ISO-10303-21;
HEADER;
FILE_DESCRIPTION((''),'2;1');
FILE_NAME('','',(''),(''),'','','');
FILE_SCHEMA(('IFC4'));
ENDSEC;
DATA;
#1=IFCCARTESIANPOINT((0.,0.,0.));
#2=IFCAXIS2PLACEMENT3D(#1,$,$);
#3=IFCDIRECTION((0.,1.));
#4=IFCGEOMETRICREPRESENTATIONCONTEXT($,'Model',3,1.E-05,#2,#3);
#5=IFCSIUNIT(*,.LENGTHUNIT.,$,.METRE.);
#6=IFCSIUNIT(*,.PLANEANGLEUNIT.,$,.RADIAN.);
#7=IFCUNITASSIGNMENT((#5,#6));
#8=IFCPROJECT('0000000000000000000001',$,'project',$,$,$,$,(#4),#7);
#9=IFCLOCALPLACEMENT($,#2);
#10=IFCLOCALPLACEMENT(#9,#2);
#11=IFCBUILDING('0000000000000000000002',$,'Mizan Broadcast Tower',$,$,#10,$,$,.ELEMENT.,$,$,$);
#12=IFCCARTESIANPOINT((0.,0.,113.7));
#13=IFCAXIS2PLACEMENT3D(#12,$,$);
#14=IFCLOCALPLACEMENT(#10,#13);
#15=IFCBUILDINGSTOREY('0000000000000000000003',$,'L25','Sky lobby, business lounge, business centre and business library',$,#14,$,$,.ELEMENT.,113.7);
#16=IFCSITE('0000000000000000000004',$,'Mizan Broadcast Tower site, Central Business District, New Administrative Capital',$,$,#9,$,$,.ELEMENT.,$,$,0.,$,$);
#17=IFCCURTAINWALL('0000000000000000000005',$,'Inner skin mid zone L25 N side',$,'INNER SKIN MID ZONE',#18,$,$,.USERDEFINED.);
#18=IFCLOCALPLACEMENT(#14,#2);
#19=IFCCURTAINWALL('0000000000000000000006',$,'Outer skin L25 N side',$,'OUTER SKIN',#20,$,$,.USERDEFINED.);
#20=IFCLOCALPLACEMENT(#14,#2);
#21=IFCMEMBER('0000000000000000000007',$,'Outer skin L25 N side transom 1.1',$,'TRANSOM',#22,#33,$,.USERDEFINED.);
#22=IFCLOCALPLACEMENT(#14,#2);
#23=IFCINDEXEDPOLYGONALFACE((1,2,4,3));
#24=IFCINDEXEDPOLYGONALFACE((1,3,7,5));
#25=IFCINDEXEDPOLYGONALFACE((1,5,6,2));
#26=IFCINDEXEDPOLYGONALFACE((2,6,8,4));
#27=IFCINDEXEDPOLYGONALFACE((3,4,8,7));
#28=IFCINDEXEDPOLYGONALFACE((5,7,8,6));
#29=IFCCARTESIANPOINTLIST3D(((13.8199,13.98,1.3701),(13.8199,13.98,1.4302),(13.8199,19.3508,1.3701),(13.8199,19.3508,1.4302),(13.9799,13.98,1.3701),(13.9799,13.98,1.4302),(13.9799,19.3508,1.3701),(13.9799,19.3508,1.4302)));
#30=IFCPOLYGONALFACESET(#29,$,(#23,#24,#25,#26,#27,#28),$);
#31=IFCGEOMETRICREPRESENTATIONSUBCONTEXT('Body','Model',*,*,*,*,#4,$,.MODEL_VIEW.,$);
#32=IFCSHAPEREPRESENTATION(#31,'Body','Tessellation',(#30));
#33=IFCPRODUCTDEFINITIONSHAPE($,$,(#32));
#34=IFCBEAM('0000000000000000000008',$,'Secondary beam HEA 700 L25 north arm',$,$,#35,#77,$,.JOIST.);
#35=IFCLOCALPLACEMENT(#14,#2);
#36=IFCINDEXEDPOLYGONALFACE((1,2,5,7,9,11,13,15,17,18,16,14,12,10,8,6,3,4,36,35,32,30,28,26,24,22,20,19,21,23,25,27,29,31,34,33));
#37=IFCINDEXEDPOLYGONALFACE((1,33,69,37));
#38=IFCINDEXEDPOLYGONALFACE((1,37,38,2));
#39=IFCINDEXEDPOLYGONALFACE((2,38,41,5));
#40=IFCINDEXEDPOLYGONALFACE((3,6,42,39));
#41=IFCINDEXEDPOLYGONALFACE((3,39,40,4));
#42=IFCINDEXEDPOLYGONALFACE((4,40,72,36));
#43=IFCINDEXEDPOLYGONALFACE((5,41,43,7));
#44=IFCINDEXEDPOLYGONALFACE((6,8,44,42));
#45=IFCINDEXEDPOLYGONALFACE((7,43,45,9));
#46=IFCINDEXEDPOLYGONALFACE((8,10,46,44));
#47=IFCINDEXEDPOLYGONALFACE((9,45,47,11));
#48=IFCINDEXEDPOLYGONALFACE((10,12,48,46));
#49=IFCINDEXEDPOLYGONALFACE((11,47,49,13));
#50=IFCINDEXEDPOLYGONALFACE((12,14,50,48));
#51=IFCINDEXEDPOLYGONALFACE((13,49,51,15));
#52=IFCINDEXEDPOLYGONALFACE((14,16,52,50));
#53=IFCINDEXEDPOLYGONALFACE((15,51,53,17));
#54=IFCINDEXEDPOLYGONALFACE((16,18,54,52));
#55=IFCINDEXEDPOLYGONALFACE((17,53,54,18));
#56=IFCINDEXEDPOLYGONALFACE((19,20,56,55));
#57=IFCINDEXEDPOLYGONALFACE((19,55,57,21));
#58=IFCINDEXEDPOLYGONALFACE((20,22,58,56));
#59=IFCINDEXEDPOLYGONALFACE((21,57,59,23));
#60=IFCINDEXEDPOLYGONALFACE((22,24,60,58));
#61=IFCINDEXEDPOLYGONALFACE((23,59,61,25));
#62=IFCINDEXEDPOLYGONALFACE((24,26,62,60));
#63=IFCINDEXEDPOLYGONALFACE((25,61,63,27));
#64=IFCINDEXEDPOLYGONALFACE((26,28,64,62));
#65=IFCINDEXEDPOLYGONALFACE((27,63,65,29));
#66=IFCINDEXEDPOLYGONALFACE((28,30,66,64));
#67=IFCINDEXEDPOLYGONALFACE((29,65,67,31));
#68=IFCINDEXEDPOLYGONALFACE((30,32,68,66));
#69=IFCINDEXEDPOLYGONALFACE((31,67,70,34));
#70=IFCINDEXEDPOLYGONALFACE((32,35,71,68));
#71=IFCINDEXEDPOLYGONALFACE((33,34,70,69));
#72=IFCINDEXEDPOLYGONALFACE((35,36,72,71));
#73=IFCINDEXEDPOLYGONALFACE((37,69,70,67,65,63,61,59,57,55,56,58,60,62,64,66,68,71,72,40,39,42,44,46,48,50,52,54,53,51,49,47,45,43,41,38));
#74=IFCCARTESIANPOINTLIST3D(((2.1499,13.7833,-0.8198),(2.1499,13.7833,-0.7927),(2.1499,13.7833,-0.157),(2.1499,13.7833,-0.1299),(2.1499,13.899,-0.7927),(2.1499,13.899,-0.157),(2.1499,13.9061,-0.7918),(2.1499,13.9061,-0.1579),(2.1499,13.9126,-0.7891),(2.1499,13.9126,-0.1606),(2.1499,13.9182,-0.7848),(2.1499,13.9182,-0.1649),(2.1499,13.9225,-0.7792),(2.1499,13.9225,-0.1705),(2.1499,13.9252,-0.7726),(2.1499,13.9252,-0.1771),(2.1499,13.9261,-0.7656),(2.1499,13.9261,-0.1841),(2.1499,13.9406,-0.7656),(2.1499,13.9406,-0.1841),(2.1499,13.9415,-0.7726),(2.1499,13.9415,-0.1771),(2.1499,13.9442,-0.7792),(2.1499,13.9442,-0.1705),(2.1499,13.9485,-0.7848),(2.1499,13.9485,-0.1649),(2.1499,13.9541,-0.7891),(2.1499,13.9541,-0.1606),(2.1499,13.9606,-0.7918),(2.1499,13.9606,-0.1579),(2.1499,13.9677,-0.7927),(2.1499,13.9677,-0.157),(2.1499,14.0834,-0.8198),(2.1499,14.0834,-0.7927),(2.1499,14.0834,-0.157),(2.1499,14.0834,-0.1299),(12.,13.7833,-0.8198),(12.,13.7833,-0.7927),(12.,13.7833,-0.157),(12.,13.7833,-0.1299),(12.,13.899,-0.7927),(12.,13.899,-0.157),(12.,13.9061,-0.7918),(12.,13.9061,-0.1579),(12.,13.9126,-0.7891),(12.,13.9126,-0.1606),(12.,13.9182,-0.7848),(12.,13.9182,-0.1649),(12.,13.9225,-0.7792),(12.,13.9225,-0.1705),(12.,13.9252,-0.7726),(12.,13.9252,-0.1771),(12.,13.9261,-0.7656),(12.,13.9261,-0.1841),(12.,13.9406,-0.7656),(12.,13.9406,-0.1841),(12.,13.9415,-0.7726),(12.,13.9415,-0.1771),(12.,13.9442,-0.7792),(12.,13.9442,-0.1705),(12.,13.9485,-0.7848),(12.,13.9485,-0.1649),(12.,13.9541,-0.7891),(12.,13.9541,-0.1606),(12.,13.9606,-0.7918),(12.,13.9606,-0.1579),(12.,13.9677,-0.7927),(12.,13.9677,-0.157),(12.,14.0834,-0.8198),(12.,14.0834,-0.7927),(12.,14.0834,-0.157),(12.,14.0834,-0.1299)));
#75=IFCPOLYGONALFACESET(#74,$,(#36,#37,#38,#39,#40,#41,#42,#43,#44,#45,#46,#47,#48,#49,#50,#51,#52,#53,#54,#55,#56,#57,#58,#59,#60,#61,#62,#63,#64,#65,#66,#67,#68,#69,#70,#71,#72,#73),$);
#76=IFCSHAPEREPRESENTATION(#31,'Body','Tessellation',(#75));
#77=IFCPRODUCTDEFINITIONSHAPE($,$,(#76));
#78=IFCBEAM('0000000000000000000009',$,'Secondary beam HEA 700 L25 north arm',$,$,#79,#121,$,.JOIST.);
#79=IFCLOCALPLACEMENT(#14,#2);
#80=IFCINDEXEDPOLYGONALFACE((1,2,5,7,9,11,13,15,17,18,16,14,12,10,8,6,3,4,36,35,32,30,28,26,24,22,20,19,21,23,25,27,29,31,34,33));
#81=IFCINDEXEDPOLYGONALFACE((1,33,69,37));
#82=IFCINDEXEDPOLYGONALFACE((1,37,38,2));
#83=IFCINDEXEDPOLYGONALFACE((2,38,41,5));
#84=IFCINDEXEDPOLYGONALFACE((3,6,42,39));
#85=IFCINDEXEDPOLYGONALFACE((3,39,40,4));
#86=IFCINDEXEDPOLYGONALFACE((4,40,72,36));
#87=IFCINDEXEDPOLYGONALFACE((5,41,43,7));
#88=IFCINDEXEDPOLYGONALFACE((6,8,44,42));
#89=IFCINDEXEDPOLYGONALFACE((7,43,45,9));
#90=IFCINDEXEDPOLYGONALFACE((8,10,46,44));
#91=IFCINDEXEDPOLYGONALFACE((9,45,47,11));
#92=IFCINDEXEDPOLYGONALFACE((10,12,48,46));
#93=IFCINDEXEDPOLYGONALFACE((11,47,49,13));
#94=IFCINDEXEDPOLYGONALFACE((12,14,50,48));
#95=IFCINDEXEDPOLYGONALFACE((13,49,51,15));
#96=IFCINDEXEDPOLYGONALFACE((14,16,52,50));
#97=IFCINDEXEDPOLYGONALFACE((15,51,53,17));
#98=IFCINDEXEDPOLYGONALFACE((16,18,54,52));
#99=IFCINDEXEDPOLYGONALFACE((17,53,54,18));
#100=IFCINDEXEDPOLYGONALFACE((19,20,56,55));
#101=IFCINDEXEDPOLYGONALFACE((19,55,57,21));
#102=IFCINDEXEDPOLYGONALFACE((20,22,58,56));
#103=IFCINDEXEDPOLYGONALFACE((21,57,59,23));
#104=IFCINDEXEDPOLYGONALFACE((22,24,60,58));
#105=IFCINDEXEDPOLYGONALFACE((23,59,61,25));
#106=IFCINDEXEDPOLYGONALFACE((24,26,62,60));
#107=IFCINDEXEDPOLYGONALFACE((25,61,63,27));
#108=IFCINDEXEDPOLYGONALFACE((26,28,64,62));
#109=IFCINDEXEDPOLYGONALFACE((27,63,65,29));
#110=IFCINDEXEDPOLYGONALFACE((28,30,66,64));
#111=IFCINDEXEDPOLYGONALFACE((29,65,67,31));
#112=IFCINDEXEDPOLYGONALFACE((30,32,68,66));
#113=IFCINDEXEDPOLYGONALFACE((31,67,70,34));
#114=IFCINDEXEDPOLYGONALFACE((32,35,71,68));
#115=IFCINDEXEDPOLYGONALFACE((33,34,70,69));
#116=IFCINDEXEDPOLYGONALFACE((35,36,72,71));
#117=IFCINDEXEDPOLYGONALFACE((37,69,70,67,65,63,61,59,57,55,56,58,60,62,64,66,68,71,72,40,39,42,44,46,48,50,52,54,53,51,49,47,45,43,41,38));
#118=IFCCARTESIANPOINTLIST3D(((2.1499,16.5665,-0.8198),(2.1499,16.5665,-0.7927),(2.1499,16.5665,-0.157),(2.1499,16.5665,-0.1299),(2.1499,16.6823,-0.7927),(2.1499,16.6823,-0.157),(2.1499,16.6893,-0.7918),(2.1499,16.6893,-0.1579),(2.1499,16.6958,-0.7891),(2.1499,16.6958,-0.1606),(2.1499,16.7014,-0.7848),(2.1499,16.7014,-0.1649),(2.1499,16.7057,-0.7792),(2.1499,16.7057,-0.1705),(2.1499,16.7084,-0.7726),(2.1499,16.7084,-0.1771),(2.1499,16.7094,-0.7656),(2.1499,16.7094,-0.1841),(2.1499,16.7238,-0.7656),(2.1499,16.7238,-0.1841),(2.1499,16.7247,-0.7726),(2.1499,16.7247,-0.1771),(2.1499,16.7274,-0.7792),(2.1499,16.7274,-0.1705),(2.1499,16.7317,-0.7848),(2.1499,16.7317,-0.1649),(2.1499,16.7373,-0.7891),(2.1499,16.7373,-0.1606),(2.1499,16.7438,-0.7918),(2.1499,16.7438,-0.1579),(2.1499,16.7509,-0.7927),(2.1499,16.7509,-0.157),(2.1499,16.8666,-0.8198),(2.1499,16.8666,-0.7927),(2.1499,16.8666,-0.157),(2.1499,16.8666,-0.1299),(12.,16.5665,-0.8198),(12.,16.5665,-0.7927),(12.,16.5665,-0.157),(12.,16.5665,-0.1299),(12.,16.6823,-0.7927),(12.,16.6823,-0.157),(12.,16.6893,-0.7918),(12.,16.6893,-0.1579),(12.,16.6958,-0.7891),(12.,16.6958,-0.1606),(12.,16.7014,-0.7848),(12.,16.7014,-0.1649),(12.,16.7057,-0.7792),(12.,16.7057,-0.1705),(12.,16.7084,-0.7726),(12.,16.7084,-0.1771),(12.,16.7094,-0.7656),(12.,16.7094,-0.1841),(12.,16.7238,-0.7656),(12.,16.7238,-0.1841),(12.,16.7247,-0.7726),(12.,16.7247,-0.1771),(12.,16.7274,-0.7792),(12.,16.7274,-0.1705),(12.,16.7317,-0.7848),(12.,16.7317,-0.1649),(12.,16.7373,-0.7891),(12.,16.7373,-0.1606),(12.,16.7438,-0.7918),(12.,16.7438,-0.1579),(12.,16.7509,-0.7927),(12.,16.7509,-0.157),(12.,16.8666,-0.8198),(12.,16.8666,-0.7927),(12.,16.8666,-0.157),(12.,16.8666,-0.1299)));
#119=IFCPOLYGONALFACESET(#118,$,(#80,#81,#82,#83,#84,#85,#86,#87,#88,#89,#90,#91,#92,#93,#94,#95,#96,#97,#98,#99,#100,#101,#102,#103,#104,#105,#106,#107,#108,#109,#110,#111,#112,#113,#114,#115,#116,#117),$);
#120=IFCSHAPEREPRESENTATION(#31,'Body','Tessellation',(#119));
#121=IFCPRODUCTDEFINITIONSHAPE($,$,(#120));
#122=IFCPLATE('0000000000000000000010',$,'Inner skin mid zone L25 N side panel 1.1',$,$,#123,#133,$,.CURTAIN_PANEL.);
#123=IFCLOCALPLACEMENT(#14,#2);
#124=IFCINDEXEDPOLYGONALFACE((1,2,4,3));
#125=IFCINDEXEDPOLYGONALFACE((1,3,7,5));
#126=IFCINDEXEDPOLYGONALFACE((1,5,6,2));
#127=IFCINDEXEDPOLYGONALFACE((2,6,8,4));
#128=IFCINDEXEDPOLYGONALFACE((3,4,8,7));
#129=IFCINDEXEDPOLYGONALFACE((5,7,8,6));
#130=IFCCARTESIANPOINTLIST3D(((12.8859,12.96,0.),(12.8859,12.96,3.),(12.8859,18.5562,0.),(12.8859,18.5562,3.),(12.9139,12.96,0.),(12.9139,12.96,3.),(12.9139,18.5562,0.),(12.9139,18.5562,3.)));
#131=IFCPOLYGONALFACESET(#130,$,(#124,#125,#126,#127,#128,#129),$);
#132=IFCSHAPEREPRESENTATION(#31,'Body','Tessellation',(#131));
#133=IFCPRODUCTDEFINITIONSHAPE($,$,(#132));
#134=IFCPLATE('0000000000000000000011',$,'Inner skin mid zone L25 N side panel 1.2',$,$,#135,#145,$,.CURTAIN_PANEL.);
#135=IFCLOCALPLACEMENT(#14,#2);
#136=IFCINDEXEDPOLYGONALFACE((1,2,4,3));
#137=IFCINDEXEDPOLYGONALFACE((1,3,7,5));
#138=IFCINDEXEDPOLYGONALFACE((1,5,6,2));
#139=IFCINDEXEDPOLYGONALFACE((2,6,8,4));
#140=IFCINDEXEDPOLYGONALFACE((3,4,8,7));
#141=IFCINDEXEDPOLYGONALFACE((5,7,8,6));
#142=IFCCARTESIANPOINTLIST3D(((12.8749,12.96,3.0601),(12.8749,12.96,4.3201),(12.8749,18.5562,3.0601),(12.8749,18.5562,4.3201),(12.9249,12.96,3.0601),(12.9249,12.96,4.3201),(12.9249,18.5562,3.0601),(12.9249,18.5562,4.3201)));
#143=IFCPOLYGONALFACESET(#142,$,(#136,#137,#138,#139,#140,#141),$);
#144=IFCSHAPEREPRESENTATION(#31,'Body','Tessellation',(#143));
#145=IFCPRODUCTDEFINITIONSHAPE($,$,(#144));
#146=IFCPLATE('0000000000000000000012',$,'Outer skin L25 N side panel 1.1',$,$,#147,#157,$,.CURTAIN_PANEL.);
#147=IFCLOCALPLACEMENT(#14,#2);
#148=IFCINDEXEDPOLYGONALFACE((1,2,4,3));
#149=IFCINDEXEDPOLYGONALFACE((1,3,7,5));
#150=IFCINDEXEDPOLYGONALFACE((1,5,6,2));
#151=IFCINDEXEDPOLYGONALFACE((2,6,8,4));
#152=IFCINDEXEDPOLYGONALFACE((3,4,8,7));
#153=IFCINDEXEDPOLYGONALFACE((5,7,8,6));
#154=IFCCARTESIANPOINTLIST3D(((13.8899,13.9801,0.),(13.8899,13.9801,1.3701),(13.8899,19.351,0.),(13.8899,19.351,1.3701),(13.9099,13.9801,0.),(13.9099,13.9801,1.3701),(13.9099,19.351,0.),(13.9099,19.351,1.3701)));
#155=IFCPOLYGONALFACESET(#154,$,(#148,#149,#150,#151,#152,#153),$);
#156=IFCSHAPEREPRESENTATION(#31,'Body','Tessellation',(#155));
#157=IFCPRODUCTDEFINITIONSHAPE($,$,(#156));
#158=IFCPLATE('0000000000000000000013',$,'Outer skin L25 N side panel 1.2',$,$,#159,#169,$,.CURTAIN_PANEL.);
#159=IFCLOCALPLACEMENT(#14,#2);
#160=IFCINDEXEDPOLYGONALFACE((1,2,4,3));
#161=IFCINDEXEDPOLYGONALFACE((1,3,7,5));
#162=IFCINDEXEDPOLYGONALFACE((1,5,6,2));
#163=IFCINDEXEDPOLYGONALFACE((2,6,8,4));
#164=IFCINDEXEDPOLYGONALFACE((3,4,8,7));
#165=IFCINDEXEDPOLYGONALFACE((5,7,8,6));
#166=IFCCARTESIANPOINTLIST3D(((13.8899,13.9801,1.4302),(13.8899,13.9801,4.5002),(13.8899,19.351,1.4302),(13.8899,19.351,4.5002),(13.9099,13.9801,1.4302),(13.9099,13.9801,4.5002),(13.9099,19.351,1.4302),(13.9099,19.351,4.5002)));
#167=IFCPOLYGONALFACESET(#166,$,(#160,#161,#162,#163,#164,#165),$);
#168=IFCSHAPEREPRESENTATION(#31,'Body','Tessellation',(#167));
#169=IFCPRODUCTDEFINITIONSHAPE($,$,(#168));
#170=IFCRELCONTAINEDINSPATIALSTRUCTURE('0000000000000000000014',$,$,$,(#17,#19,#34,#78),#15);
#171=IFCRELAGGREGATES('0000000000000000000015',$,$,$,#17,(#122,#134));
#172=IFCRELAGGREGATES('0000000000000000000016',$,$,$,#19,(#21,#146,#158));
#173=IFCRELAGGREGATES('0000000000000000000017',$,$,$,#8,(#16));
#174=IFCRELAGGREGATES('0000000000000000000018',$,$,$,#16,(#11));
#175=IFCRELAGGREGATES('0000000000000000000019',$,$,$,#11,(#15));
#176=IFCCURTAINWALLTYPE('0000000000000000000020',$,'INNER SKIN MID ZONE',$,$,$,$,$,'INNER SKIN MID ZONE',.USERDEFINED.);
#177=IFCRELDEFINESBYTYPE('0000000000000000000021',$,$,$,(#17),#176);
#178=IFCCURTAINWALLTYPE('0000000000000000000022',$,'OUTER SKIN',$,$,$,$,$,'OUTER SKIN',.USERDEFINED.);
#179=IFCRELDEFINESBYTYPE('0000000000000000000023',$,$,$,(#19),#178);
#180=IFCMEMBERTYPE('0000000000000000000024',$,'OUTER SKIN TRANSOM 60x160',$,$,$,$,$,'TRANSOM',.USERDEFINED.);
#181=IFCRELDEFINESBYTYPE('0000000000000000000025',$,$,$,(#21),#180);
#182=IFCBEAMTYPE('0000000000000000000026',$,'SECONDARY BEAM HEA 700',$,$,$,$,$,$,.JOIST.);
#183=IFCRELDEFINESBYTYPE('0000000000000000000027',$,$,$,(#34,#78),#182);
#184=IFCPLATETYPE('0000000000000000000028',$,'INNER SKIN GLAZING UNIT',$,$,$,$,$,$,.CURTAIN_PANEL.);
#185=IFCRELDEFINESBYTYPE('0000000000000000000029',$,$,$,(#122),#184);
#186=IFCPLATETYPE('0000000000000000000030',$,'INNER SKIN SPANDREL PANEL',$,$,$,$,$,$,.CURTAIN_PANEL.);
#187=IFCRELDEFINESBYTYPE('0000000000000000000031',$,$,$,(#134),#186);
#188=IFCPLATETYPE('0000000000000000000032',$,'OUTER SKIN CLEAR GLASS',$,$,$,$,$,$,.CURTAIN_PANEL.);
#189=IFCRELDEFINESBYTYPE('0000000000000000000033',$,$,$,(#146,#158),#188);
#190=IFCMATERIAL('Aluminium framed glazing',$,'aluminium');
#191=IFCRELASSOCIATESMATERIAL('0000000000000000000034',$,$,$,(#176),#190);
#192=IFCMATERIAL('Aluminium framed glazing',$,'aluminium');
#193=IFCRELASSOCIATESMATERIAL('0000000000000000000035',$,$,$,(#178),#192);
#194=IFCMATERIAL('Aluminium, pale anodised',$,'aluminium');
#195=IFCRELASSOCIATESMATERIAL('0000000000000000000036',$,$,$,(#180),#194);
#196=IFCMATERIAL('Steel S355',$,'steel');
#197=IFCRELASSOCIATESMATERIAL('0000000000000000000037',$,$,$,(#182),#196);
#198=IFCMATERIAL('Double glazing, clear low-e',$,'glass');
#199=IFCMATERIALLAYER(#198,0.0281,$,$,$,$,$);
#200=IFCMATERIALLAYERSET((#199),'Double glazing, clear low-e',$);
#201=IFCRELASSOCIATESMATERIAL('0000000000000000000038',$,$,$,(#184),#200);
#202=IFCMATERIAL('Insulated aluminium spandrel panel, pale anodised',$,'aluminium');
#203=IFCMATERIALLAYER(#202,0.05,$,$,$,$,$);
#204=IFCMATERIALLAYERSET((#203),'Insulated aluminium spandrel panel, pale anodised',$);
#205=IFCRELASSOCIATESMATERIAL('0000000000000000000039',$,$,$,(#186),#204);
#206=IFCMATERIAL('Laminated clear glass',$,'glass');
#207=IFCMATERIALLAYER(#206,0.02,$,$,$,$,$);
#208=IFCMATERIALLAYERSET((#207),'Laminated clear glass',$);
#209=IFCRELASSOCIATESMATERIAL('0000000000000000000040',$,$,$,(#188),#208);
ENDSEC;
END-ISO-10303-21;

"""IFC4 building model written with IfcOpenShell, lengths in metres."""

from ifc_helpers import new_model, si_unit, direction, frame, origin, origin_2d, place, context, subcontext, project, spatial, rectangle, i_section, extrude, material, layer, layer_set, material_profile, profile_set, type_object, element, aggregate, save


model = new_model("IFC4")

# Units and contexts
model_context = context("Model", 3, precision=1e-05, world=origin(), true_north=direction((0.0, 1.0)))
body_context = subcontext(model_context, "Body", "Model", "MODEL_VIEW")
ifc_project = project(units=[si_unit("LENGTHUNIT", "METRE"), si_unit("PLANEANGLEUNIT", "RADIAN")], contexts=[model_context])

# Site, building, storey
site_placement = place(None, origin())
site = spatial("IfcSite", under=ifc_project, at=site_placement, Name="Mizan Broadcast Tower site, Central Business District, New Administrative Capital", CompositionType="ELEMENT", RefElevation=0.0)
building_placement = place(site_placement, origin())
building = spatial("IfcBuilding", under=site, at=building_placement, Name="Mizan Broadcast Tower", CompositionType="ELEMENT")
storey_placement = place(building_placement, frame((0.0, 0.0, 113.7)))
storey = spatial("IfcBuildingStorey", under=building, at=storey_placement, Name="L25", Description="Sky lobby, business lounge, business centre and business library", CompositionType="ELEMENT", Elevation=113.7)

# Shared definitions
ifc_material_1 = material(Name="Aluminium framed glazing", Category="aluminium")
curtain_wall_type_1 = type_object("IfcCurtainWallType", Name="INNER SKIN MID ZONE", ElementType="INNER SKIN MID ZONE", PredefinedType="USERDEFINED", material=ifc_material_1)

# Curtain walls, member
curtain_wall_1_placement = place(storey_placement, origin())
curtain_wall_1 = element("IfcCurtainWall", 1, at=curtain_wall_1_placement, inside=storey, type_object=curtain_wall_type_1, Name="Inner skin mid zone L25 N side", ObjectType="INNER SKIN MID ZONE", PredefinedType="USERDEFINED")
ifc_material_2 = material(Name="Aluminium framed glazing", Category="aluminium")
curtain_wall_type_2 = type_object("IfcCurtainWallType", Name="OUTER SKIN", ElementType="OUTER SKIN", PredefinedType="USERDEFINED", material=ifc_material_2)
curtain_wall_2_placement = place(storey_placement, origin())
curtain_wall_2 = element("IfcCurtainWall", 2, at=curtain_wall_2_placement, inside=storey, type_object=curtain_wall_type_2, Name="Outer skin L25 N side", ObjectType="OUTER SKIN", PredefinedType="USERDEFINED")
ifc_material_3 = material(Name="Aluminium, pale anodised", Category="aluminium")
ifc_material_profile_1 = material_profile(ifc_material_3, rectangle(XDim=0.1599, YDim=0.0601, at=origin_2d()), Name="TRANSOM 160x60")
ifc_profile_set_1 = profile_set([ifc_material_profile_1], Name="Aluminium, pale anodised")
member_type_1 = type_object("IfcMemberType", Name="OUTER SKIN TRANSOM 60x160", ElementType="TRANSOM", PredefinedType="USERDEFINED", material=ifc_profile_set_1)
member_1_placement = place(storey_placement, frame((13.8999, 13.98, 1.4001), z_axis=(0.0, 1.0, 0.0), x_axis=(-1.0, 0.0, 0.0)))
member_1 = element("IfcMember", 3, at=member_1_placement, type_object=member_type_1, Name="Outer skin L25 N side transom 1.1", ObjectType="TRANSOM", PredefinedType="USERDEFINED", context=body_context, shape_type="SweptSolid", body=[
    extrude(rectangle(XDim=0.1599, YDim=0.0601, at=origin_2d()), origin(), (0.0, 0.0, 1.0), 5.3708),
])

# Beams
ifc_material_4 = material(Name="Steel S355", Category="steel")
ifc_material_profile_2 = material_profile(ifc_material_4, i_section(OverallWidth=0.3, OverallDepth=0.6899, WebThickness=0.0144, FlangeThickness=0.0271, FilletRadius=0.0271, at=origin_2d()), Name="HEA 700")
ifc_profile_set_2 = profile_set([ifc_material_profile_2], Name="Steel S355")
beam_type_1 = type_object("IfcBeamType", Name="SECONDARY BEAM HEA 700", PredefinedType="JOIST", material=ifc_profile_set_2)
for number, where, z_axis, x_axis, name in (
    (4, (12.0, 13.9333, -0.4749), (-1.0, 0.0, 0.0), (0.0, -1.0, 0.0), "Secondary beam HEA 700 L25 north arm"),
    (5, (12.0, 16.7166, -0.4749), (-1.0, 0.0, 0.0), (0.0, -1.0, 0.0), "Secondary beam HEA 700 L25 north arm"),
):
    element("IfcBeam", number, at=place(storey_placement, frame(where, z_axis=z_axis, x_axis=x_axis)), inside=storey, type_object=beam_type_1, Name=name, PredefinedType="JOIST", context=body_context, shape_type="SweptSolid", body=[
        extrude(i_section(OverallWidth=0.3, OverallDepth=0.6899, WebThickness=0.0144, FlangeThickness=0.0271, FilletRadius=0.0271, at=origin_2d()), origin(), (0.0, 0.0, 1.0), 9.8501),
    ])

# Plates
ifc_material_5 = material(Name="Double glazing, clear low-e", Category="glass")
ifc_layer_1 = layer(ifc_material_5, 0.0281)
ifc_layer_set_1 = layer_set([ifc_layer_1], Name="Double glazing, clear low-e")
plate_type_1 = type_object("IfcPlateType", Name="INNER SKIN GLAZING UNIT", PredefinedType="CURTAIN_PANEL", material=ifc_layer_set_1)
plate_1_placement = place(storey_placement, frame((12.8999, 15.7581, 0.0), z_axis=(0.0, 0.0, 1.0), x_axis=(0.0, 1.0, 0.0)))
plate_1 = element("IfcPlate", 6, at=plate_1_placement, type_object=plate_type_1, Name="Inner skin mid zone L25 N side panel 1.1", PredefinedType="CURTAIN_PANEL", context=body_context, shape_type="SweptSolid", body=[
    extrude(rectangle(XDim=5.5962, YDim=0.0281, at=origin_2d()), origin(), (0.0, 0.0, 1.0), 3.0),
])
ifc_material_6 = material(Name="Insulated aluminium spandrel panel, pale anodised", Category="aluminium")
ifc_layer_2 = layer(ifc_material_6, 0.05)
ifc_layer_set_2 = layer_set([ifc_layer_2], Name="Insulated aluminium spandrel panel, pale anodised")
plate_type_2 = type_object("IfcPlateType", Name="INNER SKIN SPANDREL PANEL", PredefinedType="CURTAIN_PANEL", material=ifc_layer_set_2)
plate_2_placement = place(storey_placement, frame((12.8999, 15.7581, 3.0601), z_axis=(0.0, 0.0, 1.0), x_axis=(0.0, 1.0, 0.0)))
plate_2 = element("IfcPlate", 7, at=plate_2_placement, type_object=plate_type_2, Name="Inner skin mid zone L25 N side panel 1.2", PredefinedType="CURTAIN_PANEL", context=body_context, shape_type="SweptSolid", body=[
    extrude(rectangle(XDim=5.5962, YDim=0.05, at=origin_2d()), origin(), (0.0, 0.0, 1.0), 1.26),
])
aggregate(curtain_wall_1, [plate_1, plate_2])
ifc_material_7 = material(Name="Laminated clear glass", Category="glass")
ifc_layer_3 = layer(ifc_material_7, 0.02)
ifc_layer_set_3 = layer_set([ifc_layer_3], Name="Laminated clear glass")
plate_type_3 = type_object("IfcPlateType", Name="OUTER SKIN CLEAR GLASS", PredefinedType="CURTAIN_PANEL", material=ifc_layer_set_3)
plate_3_placement = place(storey_placement, frame((13.8999, 16.6655, 0.0), z_axis=(0.0, 0.0, 1.0), x_axis=(0.0, 1.0, 0.0)))
plate_3 = element("IfcPlate", 8, at=plate_3_placement, type_object=plate_type_3, Name="Outer skin L25 N side panel 1.1", PredefinedType="CURTAIN_PANEL", context=body_context, shape_type="SweptSolid", body=[
    extrude(rectangle(XDim=5.3708, YDim=0.02, at=origin_2d()), origin(), (0.0, 0.0, 1.0), 1.3701),
])
plate_4_placement = place(storey_placement, frame((13.8999, 16.6655, 1.4302), z_axis=(0.0, 0.0, 1.0), x_axis=(0.0, 1.0, 0.0)))
plate_4 = element("IfcPlate", 9, at=plate_4_placement, type_object=plate_type_3, Name="Outer skin L25 N side panel 1.2", PredefinedType="CURTAIN_PANEL", context=body_context, shape_type="SweptSolid", body=[
    extrude(rectangle(XDim=5.3708, YDim=0.02, at=origin_2d()), origin(), (0.0, 0.0, 1.0), 3.0701),
])
aggregate(curtain_wall_2, [member_1, plate_3, plate_4])

save(model, "model.ifc")
